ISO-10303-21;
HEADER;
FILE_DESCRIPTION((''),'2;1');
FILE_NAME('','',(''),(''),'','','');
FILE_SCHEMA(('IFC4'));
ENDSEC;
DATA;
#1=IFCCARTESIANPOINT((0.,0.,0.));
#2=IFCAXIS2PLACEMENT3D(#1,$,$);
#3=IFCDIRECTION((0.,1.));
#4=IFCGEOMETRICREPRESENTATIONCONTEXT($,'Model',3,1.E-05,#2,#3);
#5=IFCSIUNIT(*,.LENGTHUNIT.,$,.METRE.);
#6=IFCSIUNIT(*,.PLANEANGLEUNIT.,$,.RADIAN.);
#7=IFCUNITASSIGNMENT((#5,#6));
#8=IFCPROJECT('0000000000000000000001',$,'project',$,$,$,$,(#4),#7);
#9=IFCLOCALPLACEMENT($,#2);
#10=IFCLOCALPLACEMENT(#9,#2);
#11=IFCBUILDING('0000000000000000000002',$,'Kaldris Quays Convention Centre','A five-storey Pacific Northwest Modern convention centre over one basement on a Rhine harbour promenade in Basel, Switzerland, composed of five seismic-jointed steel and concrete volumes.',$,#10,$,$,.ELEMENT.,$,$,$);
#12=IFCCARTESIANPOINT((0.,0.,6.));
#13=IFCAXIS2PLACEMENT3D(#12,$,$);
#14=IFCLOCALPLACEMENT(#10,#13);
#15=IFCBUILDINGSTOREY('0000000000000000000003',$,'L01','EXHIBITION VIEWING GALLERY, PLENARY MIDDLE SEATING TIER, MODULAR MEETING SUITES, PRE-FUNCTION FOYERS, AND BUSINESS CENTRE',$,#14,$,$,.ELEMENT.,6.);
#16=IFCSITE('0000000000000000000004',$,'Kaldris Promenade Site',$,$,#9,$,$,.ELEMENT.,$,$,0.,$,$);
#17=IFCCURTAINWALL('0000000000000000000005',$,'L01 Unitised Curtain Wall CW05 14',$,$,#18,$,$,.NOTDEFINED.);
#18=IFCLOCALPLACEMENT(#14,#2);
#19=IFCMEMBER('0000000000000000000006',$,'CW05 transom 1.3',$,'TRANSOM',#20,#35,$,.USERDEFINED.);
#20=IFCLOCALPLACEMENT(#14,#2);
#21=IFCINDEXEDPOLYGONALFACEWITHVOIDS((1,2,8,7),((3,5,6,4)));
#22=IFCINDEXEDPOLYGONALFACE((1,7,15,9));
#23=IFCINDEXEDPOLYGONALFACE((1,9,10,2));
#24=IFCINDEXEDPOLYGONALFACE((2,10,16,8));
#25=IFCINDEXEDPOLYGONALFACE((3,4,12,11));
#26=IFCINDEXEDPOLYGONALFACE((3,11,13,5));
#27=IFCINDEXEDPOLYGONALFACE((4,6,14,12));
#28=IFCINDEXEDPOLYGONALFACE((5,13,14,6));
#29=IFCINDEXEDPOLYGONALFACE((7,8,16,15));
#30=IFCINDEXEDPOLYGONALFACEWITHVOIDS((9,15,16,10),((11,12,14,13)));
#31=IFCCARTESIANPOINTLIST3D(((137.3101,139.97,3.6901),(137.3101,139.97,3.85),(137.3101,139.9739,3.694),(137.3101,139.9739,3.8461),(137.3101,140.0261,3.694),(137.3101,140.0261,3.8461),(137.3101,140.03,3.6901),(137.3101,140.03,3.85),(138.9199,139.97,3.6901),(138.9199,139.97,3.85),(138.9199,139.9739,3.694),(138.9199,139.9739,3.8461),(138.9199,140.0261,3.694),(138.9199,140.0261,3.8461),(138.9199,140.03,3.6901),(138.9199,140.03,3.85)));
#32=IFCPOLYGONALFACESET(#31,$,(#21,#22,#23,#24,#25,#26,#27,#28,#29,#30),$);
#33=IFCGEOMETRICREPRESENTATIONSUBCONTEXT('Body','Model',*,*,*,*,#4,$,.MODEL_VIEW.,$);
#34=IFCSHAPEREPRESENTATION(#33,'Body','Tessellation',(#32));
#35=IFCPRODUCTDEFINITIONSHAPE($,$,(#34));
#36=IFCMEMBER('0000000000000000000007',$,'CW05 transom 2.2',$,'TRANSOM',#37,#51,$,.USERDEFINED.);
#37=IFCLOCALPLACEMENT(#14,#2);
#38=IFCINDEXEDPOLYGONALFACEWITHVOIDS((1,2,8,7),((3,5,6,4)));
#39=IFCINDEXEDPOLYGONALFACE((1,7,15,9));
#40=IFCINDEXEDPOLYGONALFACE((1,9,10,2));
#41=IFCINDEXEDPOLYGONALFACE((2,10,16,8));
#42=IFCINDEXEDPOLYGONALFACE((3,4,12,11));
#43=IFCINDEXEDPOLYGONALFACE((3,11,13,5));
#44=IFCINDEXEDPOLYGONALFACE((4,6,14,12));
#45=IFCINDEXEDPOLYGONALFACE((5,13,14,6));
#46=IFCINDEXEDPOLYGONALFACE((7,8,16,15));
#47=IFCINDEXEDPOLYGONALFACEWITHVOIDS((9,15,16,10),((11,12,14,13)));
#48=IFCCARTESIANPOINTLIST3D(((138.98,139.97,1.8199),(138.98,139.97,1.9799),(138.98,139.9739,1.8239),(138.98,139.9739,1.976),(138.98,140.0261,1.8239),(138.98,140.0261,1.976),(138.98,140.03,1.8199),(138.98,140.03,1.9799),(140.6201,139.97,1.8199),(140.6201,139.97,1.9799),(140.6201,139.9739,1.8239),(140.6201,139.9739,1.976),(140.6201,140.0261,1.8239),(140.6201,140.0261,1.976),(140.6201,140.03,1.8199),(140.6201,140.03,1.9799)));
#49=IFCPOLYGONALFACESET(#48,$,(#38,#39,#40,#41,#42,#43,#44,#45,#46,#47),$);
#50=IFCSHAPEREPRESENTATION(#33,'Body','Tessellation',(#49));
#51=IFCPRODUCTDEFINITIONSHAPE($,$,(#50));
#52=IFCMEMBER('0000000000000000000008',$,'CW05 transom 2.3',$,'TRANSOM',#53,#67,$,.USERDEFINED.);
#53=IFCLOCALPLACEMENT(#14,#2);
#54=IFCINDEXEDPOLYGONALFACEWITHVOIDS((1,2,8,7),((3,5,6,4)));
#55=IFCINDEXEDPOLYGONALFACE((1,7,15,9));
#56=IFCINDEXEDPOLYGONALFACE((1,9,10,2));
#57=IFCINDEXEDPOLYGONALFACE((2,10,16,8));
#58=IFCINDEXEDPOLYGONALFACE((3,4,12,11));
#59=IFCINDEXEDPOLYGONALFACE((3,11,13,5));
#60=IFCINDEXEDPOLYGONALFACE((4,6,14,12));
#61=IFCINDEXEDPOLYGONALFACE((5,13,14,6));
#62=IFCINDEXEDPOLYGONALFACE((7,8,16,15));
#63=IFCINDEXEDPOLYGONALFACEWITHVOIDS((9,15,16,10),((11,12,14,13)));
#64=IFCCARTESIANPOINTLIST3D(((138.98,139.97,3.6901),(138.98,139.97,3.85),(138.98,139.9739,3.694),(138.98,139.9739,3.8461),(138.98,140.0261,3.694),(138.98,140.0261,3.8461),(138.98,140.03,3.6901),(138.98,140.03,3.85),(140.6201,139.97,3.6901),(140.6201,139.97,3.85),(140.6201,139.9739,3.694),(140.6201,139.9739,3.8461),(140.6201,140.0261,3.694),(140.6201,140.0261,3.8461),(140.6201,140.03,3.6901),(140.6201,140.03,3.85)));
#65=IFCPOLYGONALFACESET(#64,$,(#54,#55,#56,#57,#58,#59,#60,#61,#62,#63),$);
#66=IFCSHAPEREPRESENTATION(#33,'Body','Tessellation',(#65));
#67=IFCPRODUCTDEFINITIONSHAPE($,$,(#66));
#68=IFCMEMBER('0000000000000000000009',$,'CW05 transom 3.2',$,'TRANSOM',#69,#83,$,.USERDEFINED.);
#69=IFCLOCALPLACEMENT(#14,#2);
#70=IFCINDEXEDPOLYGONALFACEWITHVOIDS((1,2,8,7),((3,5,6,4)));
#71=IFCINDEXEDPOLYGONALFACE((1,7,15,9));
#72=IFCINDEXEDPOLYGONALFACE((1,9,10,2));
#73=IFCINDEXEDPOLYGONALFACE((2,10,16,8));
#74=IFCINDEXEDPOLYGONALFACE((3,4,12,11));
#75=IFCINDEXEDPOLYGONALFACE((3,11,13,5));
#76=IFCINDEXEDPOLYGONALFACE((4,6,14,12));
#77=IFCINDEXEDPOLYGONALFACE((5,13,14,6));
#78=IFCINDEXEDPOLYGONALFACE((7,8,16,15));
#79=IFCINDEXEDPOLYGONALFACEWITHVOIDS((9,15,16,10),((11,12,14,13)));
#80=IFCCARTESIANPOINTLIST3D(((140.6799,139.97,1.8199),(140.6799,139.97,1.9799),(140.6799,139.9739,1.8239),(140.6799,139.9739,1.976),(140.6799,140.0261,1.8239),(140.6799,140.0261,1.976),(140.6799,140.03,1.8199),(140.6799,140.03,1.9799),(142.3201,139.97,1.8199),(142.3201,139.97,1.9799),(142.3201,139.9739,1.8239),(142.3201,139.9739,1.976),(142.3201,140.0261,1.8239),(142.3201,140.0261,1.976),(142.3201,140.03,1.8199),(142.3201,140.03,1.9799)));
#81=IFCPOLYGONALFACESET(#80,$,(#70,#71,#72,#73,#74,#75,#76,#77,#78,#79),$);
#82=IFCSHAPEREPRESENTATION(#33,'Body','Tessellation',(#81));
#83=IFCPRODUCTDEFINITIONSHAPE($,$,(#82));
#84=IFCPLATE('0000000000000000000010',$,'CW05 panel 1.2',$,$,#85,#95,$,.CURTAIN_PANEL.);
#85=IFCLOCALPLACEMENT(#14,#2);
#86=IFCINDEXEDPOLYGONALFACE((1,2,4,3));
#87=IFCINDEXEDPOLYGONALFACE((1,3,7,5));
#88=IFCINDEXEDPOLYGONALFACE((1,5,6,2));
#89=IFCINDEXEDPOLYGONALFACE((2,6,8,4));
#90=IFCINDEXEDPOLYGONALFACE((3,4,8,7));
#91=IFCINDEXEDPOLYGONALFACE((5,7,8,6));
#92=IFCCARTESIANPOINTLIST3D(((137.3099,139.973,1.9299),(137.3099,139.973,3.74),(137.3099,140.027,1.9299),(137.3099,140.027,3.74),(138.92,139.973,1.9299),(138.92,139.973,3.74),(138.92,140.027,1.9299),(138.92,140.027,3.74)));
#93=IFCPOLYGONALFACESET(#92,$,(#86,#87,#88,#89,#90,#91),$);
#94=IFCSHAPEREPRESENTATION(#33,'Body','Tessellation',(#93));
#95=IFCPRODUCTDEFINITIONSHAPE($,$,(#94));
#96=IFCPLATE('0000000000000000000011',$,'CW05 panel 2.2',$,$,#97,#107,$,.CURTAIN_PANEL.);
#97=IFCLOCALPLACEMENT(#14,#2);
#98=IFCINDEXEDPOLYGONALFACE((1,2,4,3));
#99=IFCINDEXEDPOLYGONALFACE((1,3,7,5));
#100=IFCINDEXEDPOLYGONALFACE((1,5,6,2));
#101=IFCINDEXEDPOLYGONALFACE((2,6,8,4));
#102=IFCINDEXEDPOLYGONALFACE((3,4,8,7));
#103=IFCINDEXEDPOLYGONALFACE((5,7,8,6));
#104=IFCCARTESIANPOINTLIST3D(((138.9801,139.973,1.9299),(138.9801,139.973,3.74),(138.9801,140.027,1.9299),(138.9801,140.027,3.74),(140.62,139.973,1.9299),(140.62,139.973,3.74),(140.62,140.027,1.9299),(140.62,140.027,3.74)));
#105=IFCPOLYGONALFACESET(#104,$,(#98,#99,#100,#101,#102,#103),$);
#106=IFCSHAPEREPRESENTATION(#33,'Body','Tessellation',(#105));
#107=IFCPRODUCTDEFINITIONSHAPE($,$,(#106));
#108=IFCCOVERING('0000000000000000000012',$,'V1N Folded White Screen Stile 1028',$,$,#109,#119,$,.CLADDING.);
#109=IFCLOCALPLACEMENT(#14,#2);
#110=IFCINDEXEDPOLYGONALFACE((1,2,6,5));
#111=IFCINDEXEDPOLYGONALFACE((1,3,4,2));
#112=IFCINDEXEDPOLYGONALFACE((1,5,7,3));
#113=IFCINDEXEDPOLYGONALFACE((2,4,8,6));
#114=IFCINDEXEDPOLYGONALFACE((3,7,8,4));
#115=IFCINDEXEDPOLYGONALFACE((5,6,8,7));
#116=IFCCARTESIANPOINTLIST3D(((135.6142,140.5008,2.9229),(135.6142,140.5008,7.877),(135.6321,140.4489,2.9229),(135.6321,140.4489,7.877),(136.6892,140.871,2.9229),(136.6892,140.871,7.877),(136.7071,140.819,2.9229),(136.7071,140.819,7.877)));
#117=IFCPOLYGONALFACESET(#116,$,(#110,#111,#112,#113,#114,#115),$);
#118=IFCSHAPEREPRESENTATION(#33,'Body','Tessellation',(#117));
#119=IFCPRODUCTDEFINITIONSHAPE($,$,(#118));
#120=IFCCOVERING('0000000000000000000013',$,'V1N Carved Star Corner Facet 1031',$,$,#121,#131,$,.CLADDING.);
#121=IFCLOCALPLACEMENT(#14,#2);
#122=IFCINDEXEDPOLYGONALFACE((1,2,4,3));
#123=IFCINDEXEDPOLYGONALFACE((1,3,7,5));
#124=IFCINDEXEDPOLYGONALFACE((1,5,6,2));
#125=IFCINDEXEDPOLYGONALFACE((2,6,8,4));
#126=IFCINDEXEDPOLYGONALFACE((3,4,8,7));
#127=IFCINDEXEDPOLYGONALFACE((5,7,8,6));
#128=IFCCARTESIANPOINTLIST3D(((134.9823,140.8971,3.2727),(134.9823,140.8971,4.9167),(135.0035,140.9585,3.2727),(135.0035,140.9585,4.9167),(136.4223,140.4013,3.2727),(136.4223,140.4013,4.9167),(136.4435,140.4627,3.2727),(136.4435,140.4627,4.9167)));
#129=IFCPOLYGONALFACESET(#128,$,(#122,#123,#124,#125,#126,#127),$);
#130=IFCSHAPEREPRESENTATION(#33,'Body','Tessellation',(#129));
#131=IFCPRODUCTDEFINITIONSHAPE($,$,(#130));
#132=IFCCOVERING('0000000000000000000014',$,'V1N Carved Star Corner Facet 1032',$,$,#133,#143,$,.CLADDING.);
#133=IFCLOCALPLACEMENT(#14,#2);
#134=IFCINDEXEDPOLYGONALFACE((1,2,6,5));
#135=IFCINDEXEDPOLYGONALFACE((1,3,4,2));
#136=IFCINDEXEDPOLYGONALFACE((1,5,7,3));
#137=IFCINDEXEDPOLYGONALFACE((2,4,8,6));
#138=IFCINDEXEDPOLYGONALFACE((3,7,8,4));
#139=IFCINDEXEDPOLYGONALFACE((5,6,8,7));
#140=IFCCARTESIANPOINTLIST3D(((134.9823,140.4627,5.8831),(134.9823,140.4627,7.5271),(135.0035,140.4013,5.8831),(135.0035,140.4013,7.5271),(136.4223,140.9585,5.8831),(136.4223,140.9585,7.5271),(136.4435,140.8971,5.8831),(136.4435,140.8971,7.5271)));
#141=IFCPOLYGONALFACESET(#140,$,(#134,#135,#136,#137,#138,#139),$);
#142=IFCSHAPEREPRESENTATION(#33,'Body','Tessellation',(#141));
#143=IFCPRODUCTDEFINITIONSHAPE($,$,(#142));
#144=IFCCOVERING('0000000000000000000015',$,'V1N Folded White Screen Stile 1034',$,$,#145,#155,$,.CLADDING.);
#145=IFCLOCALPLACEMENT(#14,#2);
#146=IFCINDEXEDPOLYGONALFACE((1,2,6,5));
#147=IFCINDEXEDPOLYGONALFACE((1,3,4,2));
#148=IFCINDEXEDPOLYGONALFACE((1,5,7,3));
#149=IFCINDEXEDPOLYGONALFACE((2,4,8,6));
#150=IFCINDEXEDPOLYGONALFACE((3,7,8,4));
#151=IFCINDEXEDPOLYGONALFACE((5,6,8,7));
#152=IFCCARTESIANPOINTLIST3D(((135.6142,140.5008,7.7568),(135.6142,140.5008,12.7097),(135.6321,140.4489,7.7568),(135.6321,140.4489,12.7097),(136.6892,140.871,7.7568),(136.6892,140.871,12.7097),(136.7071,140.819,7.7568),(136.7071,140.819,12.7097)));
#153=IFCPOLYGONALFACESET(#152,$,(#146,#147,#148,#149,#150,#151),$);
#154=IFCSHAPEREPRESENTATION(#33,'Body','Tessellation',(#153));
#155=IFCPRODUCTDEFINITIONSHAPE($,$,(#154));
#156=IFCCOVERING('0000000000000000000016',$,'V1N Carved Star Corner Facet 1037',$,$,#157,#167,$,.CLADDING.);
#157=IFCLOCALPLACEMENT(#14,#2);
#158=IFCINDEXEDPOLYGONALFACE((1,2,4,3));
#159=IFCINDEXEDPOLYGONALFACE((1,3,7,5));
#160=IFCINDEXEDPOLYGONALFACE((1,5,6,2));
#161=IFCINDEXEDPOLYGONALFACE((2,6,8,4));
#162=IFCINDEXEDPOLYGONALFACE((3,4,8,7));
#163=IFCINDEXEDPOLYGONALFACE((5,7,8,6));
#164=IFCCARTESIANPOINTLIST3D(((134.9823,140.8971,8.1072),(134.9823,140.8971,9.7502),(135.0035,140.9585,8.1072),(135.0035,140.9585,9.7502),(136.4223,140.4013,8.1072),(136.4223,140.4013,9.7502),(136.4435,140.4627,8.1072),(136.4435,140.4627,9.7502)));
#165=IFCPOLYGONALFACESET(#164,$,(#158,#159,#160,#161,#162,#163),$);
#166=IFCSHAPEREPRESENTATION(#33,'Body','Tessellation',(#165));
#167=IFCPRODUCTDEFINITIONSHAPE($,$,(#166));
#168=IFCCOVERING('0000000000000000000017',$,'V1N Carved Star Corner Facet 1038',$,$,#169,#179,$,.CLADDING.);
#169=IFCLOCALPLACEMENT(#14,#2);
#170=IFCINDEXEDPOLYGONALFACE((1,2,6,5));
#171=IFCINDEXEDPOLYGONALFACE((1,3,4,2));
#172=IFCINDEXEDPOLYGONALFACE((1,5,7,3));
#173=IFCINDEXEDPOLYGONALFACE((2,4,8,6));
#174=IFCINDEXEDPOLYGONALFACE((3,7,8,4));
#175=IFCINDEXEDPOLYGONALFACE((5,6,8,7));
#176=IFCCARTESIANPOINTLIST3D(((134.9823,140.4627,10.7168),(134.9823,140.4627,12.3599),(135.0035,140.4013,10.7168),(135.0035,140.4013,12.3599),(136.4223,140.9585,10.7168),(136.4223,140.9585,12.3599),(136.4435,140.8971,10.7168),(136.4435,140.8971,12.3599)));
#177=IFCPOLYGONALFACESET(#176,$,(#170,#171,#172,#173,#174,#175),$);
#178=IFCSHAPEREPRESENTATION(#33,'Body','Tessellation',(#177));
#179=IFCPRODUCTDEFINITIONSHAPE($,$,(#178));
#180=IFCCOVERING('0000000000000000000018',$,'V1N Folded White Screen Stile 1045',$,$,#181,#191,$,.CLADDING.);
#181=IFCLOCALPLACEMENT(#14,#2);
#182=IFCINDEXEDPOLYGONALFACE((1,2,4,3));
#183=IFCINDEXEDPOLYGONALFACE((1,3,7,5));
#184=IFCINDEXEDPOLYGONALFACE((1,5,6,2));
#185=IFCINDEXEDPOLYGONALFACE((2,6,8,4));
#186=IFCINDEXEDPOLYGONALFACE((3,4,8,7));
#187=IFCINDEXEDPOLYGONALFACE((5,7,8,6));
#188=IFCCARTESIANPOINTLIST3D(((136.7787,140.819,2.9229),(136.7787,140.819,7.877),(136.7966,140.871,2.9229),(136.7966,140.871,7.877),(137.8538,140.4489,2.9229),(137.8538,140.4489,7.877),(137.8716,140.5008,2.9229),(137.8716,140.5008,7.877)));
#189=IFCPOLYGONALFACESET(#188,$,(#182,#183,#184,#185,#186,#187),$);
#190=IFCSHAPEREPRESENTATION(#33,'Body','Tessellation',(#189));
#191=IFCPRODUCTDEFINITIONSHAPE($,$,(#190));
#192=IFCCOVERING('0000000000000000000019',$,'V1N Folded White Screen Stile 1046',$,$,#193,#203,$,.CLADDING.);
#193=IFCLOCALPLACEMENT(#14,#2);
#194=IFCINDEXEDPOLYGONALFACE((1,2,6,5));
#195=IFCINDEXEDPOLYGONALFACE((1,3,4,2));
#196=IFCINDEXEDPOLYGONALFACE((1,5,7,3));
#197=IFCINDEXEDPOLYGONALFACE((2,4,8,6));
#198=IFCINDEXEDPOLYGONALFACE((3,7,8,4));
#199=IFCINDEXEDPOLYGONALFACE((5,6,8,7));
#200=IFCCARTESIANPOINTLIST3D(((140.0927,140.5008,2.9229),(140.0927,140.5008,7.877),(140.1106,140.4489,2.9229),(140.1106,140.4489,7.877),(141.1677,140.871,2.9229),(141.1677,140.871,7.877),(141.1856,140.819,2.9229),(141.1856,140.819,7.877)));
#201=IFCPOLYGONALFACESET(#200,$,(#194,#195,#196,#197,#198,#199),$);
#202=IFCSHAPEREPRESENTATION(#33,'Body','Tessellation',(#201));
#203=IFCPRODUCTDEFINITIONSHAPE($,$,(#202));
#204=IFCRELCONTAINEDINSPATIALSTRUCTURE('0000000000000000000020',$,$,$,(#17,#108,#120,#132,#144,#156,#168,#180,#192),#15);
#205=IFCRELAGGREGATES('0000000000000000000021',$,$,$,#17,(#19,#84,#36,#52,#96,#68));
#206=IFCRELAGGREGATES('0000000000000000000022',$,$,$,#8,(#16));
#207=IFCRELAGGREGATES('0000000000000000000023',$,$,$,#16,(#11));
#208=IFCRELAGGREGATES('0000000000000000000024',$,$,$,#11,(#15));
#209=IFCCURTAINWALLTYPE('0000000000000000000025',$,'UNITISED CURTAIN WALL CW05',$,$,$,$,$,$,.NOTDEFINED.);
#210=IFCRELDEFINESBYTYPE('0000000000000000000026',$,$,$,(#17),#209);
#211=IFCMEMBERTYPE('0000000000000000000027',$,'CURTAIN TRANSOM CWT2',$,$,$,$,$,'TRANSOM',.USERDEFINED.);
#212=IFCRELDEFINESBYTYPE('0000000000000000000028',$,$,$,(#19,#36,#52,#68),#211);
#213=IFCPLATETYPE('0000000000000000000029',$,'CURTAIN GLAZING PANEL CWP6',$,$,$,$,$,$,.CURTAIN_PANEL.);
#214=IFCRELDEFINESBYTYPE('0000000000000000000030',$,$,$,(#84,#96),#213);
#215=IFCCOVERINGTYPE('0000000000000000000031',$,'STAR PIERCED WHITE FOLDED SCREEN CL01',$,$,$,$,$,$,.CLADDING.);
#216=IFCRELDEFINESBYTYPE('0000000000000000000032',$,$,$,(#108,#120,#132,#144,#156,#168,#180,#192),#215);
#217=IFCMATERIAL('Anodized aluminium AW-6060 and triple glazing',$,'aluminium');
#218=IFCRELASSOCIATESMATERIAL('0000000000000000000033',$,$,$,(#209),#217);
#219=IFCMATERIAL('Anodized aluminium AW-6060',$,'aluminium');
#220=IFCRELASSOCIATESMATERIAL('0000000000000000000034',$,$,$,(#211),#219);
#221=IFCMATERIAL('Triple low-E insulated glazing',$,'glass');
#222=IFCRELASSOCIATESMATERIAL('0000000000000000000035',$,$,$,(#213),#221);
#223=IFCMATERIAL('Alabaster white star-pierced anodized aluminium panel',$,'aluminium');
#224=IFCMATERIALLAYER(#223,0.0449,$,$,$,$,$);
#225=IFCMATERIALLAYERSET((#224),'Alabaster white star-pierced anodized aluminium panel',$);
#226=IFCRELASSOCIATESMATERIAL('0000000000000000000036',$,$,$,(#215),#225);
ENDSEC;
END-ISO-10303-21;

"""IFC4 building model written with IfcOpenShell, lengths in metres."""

from ifc_helpers import new_model, si_unit, direction, frame, origin, origin_2d, place, context, subcontext, project, spatial, rectangle, hollow_rectangle, extrude, material, layer, layer_set, material_profile, profile_set, type_object, element, aggregate, save


model = new_model("IFC4")

# Units and contexts
model_context = context("Model", 3, precision=1e-05, world=origin(), true_north=direction((0.0, 1.0)))
body_context = subcontext(model_context, "Body", "Model", "MODEL_VIEW")
ifc_project = project(units=[si_unit("LENGTHUNIT", "METRE"), si_unit("PLANEANGLEUNIT", "RADIAN")], contexts=[model_context])

# Site, building, storey
site_placement = place(None, origin())
site = spatial("IfcSite", under=ifc_project, at=site_placement, Name="Kaldris Promenade Site", CompositionType="ELEMENT", RefElevation=0.0)
building_placement = place(site_placement, origin())
building = spatial("IfcBuilding", under=site, at=building_placement, Name="Kaldris Quays Convention Centre", Description="A five-storey Pacific Northwest Modern convention centre over one basement on a Rhine harbour promenade in Basel, Switzerland, composed of five seismic-jointed steel and concrete volumes.", CompositionType="ELEMENT")
storey_placement = place(building_placement, frame((0.0, 0.0, 6.0)))
storey = spatial("IfcBuildingStorey", under=building, at=storey_placement, Name="L01", Description="EXHIBITION VIEWING GALLERY, PLENARY MIDDLE SEATING TIER, MODULAR MEETING SUITES, PRE-FUNCTION FOYERS, AND BUSINESS CENTRE", CompositionType="ELEMENT", Elevation=6.0)

# Curtain wall, members, plates
ifc_material_1 = material(Name="Anodized aluminium AW-6060 and triple glazing", Category="aluminium")
curtain_wall_type = type_object("IfcCurtainWallType", Name="UNITISED CURTAIN WALL CW05", PredefinedType="NOTDEFINED", material=ifc_material_1)
curtain_wall_placement = place(storey_placement, origin())
curtain_wall = element("IfcCurtainWall", 1, at=curtain_wall_placement, inside=storey, type_object=curtain_wall_type, Name="L01 Unitised Curtain Wall CW05 14", PredefinedType="NOTDEFINED")
ifc_material_2 = material(Name="Anodized aluminium AW-6060", Category="aluminium")
ifc_material_profile = material_profile(ifc_material_2, hollow_rectangle(XDim=0.0601, YDim=0.1599, WallThickness=0.0039, at=origin_2d()), Name="RHS 160x60x4")
ifc_profile_set = profile_set([ifc_material_profile], Name="Anodized aluminium AW-6060")
member_type = type_object("IfcMemberType", Name="CURTAIN TRANSOM CWT2", ElementType="TRANSOM", PredefinedType="USERDEFINED", material=ifc_profile_set)
member_1_placement = place(storey_placement, frame((137.3101, 140.0, 3.77), z_axis=(1.0, 0.0, 0.0), x_axis=(0.0, 1.0, 0.0)))
member_1 = element("IfcMember", 2, at=member_1_placement, type_object=member_type, Name="CW05 transom 1.3", ObjectType="TRANSOM", PredefinedType="USERDEFINED", context=body_context, shape_type="SweptSolid", body=[
    extrude(hollow_rectangle(XDim=0.0601, YDim=0.1599, WallThickness=0.0039, at=origin_2d()), origin(), (0.0, 0.0, 1.0), 1.6099),
])
member_2_placement = place(storey_placement, frame((138.98, 140.0, 1.8999), z_axis=(1.0, 0.0, 0.0), x_axis=(0.0, 1.0, 0.0)))
member_2 = element("IfcMember", 3, at=member_2_placement, type_object=member_type, Name="CW05 transom 2.2", ObjectType="TRANSOM", PredefinedType="USERDEFINED", context=body_context, shape_type="SweptSolid", body=[
    extrude(hollow_rectangle(XDim=0.0601, YDim=0.1599, WallThickness=0.0039, at=origin_2d()), origin(), (0.0, 0.0, 1.0), 1.6401),
])
member_3_placement = place(storey_placement, frame((138.98, 140.0, 3.77), z_axis=(1.0, 0.0, 0.0), x_axis=(0.0, 1.0, 0.0)))
member_3 = element("IfcMember", 4, at=member_3_placement, type_object=member_type, Name="CW05 transom 2.3", ObjectType="TRANSOM", PredefinedType="USERDEFINED", context=body_context, shape_type="SweptSolid", body=[
    extrude(hollow_rectangle(XDim=0.0601, YDim=0.1599, WallThickness=0.0039, at=origin_2d()), origin(), (0.0, 0.0, 1.0), 1.6401),
])
member_4_placement = place(storey_placement, frame((140.6799, 140.0, 1.8999), z_axis=(1.0, 0.0, 0.0), x_axis=(0.0, 1.0, 0.0)))
member_4 = element("IfcMember", 5, at=member_4_placement, type_object=member_type, Name="CW05 transom 3.2", ObjectType="TRANSOM", PredefinedType="USERDEFINED", context=body_context, shape_type="SweptSolid", body=[
    extrude(hollow_rectangle(XDim=0.0601, YDim=0.1599, WallThickness=0.0039, at=origin_2d()), origin(), (0.0, 0.0, 1.0), 1.6401),
])
ifc_material_3 = material(Name="Triple low-E insulated glazing", Category="glass")
plate_type = type_object("IfcPlateType", Name="CURTAIN GLAZING PANEL CWP6", PredefinedType="CURTAIN_PANEL", material=ifc_material_3)
plate_1_placement = place(storey_placement, frame((138.115, 140.0, 1.9299), z_axis=(0.0, 0.0, 1.0), x_axis=(1.0, 0.0, 0.0)))
plate_1 = element("IfcPlate", 6, at=plate_1_placement, type_object=plate_type, Name="CW05 panel 1.2", PredefinedType="CURTAIN_PANEL", context=body_context, shape_type="SweptSolid", body=[
    extrude(rectangle(XDim=1.6101, YDim=0.054, at=origin_2d()), origin(), (0.0, 0.0, 1.0), 1.8101),
])
plate_2_placement = place(storey_placement, frame((139.8, 140.0, 1.9299), z_axis=(0.0, 0.0, 1.0), x_axis=(1.0, 0.0, 0.0)))
plate_2 = element("IfcPlate", 7, at=plate_2_placement, type_object=plate_type, Name="CW05 panel 2.2", PredefinedType="CURTAIN_PANEL", context=body_context, shape_type="SweptSolid", body=[
    extrude(rectangle(XDim=1.6399, YDim=0.054, at=origin_2d()), origin(), (0.0, 0.0, 1.0), 1.8101),
])
aggregate(curtain_wall, [member_1, plate_1, member_2, member_3, plate_2, member_4])

# Coverings
ifc_material_4 = material(Name="Alabaster white star-pierced anodized aluminium panel", Category="aluminium")
ifc_layer = layer(ifc_material_4, 0.0449)
ifc_layer_set = layer_set([ifc_layer], Name="Alabaster white star-pierced anodized aluminium panel")
covering_type = type_object("IfcCoveringType", Name="STAR PIERCED WHITE FOLDED SCREEN CL01", PredefinedType="CLADDING", material=ifc_layer_set)
covering_1_placement = place(storey_placement, frame((136.1606, 140.6599, 2.9229), z_axis=(0.0, 0.0, 1.0), x_axis=(0.945519, 0.325568, 0.0)))
element("IfcCovering", 8, at=covering_1_placement, inside=storey, type_object=covering_type, Name="V1N Folded White Screen Stile 1028", PredefinedType="CLADDING", context=body_context, shape_type="SweptSolid", body=[
    extrude(rectangle(XDim=1.137, YDim=0.0549, at=origin_2d()), origin(), (0.0, 0.0, 1.0), 4.9541),
])
for number, where, z_axis, x_axis, name in (
    (9, (135.7129, 140.6799, 3.2727), (0.0, 0.0, 1.0), (0.945519, -0.325568, 0.0), "V1N Carved Star Corner Facet 1031"),
    (10, (135.7129, 140.6799, 5.8831), (0.0, 0.0, 1.0), (0.945519, 0.325568, 0.0), "V1N Carved Star Corner Facet 1032"),
):
    element("IfcCovering", number, at=place(storey_placement, frame(where, z_axis=z_axis, x_axis=x_axis)), inside=storey, type_object=covering_type, Name=name, PredefinedType="CLADDING", context=body_context, shape_type="SweptSolid", body=[
        extrude(rectangle(XDim=1.5229, YDim=0.0649, at=origin_2d()), origin(), (0.0, 0.0, 1.0), 1.644),
    ])
covering_2_placement = place(storey_placement, frame((136.1606, 140.6599, 7.7568), z_axis=(0.0, 0.0, 1.0), x_axis=(0.945519, 0.325568, 0.0)))
element("IfcCovering", 11, at=covering_2_placement, inside=storey, type_object=covering_type, Name="V1N Folded White Screen Stile 1034", PredefinedType="CLADDING", context=body_context, shape_type="SweptSolid", body=[
    extrude(rectangle(XDim=1.137, YDim=0.0549, at=origin_2d()), origin(), (0.0, 0.0, 1.0), 4.9529),
])
for number, where, z_axis, x_axis, name in (
    (12, (135.7129, 140.6799, 8.1072), (0.0, 0.0, 1.0), (0.945519, -0.325568, 0.0), "V1N Carved Star Corner Facet 1037"),
    (13, (135.7129, 140.6799, 10.7168), (0.0, 0.0, 1.0), (0.945519, 0.325568, 0.0), "V1N Carved Star Corner Facet 1038"),
):
    element("IfcCovering", number, at=place(storey_placement, frame(where, z_axis=z_axis, x_axis=x_axis)), inside=storey, type_object=covering_type, Name=name, PredefinedType="CLADDING", context=body_context, shape_type="SweptSolid", body=[
        extrude(rectangle(XDim=1.5229, YDim=0.0649, at=origin_2d()), origin(), (0.0, 0.0, 1.0), 1.6431),
    ])
for number, where, z_axis, x_axis, name in (
    (14, (137.3252, 140.6599, 2.9229), (0.0, 0.0, 1.0), (0.945519, -0.325568, 0.0), "V1N Folded White Screen Stile 1045"),
    (15, (140.6392, 140.6599, 2.9229), (0.0, 0.0, 1.0), (0.945519, 0.325568, 0.0), "V1N Folded White Screen Stile 1046"),
):
    element("IfcCovering", number, at=place(storey_placement, frame(where, z_axis=z_axis, x_axis=x_axis)), inside=storey, type_object=covering_type, Name=name, PredefinedType="CLADDING", context=body_context, shape_type="SweptSolid", body=[
        extrude(rectangle(XDim=1.137, YDim=0.0549, at=origin_2d()), origin(), (0.0, 0.0, 1.0), 4.9541),
    ])

save(model, "model.ifc")
